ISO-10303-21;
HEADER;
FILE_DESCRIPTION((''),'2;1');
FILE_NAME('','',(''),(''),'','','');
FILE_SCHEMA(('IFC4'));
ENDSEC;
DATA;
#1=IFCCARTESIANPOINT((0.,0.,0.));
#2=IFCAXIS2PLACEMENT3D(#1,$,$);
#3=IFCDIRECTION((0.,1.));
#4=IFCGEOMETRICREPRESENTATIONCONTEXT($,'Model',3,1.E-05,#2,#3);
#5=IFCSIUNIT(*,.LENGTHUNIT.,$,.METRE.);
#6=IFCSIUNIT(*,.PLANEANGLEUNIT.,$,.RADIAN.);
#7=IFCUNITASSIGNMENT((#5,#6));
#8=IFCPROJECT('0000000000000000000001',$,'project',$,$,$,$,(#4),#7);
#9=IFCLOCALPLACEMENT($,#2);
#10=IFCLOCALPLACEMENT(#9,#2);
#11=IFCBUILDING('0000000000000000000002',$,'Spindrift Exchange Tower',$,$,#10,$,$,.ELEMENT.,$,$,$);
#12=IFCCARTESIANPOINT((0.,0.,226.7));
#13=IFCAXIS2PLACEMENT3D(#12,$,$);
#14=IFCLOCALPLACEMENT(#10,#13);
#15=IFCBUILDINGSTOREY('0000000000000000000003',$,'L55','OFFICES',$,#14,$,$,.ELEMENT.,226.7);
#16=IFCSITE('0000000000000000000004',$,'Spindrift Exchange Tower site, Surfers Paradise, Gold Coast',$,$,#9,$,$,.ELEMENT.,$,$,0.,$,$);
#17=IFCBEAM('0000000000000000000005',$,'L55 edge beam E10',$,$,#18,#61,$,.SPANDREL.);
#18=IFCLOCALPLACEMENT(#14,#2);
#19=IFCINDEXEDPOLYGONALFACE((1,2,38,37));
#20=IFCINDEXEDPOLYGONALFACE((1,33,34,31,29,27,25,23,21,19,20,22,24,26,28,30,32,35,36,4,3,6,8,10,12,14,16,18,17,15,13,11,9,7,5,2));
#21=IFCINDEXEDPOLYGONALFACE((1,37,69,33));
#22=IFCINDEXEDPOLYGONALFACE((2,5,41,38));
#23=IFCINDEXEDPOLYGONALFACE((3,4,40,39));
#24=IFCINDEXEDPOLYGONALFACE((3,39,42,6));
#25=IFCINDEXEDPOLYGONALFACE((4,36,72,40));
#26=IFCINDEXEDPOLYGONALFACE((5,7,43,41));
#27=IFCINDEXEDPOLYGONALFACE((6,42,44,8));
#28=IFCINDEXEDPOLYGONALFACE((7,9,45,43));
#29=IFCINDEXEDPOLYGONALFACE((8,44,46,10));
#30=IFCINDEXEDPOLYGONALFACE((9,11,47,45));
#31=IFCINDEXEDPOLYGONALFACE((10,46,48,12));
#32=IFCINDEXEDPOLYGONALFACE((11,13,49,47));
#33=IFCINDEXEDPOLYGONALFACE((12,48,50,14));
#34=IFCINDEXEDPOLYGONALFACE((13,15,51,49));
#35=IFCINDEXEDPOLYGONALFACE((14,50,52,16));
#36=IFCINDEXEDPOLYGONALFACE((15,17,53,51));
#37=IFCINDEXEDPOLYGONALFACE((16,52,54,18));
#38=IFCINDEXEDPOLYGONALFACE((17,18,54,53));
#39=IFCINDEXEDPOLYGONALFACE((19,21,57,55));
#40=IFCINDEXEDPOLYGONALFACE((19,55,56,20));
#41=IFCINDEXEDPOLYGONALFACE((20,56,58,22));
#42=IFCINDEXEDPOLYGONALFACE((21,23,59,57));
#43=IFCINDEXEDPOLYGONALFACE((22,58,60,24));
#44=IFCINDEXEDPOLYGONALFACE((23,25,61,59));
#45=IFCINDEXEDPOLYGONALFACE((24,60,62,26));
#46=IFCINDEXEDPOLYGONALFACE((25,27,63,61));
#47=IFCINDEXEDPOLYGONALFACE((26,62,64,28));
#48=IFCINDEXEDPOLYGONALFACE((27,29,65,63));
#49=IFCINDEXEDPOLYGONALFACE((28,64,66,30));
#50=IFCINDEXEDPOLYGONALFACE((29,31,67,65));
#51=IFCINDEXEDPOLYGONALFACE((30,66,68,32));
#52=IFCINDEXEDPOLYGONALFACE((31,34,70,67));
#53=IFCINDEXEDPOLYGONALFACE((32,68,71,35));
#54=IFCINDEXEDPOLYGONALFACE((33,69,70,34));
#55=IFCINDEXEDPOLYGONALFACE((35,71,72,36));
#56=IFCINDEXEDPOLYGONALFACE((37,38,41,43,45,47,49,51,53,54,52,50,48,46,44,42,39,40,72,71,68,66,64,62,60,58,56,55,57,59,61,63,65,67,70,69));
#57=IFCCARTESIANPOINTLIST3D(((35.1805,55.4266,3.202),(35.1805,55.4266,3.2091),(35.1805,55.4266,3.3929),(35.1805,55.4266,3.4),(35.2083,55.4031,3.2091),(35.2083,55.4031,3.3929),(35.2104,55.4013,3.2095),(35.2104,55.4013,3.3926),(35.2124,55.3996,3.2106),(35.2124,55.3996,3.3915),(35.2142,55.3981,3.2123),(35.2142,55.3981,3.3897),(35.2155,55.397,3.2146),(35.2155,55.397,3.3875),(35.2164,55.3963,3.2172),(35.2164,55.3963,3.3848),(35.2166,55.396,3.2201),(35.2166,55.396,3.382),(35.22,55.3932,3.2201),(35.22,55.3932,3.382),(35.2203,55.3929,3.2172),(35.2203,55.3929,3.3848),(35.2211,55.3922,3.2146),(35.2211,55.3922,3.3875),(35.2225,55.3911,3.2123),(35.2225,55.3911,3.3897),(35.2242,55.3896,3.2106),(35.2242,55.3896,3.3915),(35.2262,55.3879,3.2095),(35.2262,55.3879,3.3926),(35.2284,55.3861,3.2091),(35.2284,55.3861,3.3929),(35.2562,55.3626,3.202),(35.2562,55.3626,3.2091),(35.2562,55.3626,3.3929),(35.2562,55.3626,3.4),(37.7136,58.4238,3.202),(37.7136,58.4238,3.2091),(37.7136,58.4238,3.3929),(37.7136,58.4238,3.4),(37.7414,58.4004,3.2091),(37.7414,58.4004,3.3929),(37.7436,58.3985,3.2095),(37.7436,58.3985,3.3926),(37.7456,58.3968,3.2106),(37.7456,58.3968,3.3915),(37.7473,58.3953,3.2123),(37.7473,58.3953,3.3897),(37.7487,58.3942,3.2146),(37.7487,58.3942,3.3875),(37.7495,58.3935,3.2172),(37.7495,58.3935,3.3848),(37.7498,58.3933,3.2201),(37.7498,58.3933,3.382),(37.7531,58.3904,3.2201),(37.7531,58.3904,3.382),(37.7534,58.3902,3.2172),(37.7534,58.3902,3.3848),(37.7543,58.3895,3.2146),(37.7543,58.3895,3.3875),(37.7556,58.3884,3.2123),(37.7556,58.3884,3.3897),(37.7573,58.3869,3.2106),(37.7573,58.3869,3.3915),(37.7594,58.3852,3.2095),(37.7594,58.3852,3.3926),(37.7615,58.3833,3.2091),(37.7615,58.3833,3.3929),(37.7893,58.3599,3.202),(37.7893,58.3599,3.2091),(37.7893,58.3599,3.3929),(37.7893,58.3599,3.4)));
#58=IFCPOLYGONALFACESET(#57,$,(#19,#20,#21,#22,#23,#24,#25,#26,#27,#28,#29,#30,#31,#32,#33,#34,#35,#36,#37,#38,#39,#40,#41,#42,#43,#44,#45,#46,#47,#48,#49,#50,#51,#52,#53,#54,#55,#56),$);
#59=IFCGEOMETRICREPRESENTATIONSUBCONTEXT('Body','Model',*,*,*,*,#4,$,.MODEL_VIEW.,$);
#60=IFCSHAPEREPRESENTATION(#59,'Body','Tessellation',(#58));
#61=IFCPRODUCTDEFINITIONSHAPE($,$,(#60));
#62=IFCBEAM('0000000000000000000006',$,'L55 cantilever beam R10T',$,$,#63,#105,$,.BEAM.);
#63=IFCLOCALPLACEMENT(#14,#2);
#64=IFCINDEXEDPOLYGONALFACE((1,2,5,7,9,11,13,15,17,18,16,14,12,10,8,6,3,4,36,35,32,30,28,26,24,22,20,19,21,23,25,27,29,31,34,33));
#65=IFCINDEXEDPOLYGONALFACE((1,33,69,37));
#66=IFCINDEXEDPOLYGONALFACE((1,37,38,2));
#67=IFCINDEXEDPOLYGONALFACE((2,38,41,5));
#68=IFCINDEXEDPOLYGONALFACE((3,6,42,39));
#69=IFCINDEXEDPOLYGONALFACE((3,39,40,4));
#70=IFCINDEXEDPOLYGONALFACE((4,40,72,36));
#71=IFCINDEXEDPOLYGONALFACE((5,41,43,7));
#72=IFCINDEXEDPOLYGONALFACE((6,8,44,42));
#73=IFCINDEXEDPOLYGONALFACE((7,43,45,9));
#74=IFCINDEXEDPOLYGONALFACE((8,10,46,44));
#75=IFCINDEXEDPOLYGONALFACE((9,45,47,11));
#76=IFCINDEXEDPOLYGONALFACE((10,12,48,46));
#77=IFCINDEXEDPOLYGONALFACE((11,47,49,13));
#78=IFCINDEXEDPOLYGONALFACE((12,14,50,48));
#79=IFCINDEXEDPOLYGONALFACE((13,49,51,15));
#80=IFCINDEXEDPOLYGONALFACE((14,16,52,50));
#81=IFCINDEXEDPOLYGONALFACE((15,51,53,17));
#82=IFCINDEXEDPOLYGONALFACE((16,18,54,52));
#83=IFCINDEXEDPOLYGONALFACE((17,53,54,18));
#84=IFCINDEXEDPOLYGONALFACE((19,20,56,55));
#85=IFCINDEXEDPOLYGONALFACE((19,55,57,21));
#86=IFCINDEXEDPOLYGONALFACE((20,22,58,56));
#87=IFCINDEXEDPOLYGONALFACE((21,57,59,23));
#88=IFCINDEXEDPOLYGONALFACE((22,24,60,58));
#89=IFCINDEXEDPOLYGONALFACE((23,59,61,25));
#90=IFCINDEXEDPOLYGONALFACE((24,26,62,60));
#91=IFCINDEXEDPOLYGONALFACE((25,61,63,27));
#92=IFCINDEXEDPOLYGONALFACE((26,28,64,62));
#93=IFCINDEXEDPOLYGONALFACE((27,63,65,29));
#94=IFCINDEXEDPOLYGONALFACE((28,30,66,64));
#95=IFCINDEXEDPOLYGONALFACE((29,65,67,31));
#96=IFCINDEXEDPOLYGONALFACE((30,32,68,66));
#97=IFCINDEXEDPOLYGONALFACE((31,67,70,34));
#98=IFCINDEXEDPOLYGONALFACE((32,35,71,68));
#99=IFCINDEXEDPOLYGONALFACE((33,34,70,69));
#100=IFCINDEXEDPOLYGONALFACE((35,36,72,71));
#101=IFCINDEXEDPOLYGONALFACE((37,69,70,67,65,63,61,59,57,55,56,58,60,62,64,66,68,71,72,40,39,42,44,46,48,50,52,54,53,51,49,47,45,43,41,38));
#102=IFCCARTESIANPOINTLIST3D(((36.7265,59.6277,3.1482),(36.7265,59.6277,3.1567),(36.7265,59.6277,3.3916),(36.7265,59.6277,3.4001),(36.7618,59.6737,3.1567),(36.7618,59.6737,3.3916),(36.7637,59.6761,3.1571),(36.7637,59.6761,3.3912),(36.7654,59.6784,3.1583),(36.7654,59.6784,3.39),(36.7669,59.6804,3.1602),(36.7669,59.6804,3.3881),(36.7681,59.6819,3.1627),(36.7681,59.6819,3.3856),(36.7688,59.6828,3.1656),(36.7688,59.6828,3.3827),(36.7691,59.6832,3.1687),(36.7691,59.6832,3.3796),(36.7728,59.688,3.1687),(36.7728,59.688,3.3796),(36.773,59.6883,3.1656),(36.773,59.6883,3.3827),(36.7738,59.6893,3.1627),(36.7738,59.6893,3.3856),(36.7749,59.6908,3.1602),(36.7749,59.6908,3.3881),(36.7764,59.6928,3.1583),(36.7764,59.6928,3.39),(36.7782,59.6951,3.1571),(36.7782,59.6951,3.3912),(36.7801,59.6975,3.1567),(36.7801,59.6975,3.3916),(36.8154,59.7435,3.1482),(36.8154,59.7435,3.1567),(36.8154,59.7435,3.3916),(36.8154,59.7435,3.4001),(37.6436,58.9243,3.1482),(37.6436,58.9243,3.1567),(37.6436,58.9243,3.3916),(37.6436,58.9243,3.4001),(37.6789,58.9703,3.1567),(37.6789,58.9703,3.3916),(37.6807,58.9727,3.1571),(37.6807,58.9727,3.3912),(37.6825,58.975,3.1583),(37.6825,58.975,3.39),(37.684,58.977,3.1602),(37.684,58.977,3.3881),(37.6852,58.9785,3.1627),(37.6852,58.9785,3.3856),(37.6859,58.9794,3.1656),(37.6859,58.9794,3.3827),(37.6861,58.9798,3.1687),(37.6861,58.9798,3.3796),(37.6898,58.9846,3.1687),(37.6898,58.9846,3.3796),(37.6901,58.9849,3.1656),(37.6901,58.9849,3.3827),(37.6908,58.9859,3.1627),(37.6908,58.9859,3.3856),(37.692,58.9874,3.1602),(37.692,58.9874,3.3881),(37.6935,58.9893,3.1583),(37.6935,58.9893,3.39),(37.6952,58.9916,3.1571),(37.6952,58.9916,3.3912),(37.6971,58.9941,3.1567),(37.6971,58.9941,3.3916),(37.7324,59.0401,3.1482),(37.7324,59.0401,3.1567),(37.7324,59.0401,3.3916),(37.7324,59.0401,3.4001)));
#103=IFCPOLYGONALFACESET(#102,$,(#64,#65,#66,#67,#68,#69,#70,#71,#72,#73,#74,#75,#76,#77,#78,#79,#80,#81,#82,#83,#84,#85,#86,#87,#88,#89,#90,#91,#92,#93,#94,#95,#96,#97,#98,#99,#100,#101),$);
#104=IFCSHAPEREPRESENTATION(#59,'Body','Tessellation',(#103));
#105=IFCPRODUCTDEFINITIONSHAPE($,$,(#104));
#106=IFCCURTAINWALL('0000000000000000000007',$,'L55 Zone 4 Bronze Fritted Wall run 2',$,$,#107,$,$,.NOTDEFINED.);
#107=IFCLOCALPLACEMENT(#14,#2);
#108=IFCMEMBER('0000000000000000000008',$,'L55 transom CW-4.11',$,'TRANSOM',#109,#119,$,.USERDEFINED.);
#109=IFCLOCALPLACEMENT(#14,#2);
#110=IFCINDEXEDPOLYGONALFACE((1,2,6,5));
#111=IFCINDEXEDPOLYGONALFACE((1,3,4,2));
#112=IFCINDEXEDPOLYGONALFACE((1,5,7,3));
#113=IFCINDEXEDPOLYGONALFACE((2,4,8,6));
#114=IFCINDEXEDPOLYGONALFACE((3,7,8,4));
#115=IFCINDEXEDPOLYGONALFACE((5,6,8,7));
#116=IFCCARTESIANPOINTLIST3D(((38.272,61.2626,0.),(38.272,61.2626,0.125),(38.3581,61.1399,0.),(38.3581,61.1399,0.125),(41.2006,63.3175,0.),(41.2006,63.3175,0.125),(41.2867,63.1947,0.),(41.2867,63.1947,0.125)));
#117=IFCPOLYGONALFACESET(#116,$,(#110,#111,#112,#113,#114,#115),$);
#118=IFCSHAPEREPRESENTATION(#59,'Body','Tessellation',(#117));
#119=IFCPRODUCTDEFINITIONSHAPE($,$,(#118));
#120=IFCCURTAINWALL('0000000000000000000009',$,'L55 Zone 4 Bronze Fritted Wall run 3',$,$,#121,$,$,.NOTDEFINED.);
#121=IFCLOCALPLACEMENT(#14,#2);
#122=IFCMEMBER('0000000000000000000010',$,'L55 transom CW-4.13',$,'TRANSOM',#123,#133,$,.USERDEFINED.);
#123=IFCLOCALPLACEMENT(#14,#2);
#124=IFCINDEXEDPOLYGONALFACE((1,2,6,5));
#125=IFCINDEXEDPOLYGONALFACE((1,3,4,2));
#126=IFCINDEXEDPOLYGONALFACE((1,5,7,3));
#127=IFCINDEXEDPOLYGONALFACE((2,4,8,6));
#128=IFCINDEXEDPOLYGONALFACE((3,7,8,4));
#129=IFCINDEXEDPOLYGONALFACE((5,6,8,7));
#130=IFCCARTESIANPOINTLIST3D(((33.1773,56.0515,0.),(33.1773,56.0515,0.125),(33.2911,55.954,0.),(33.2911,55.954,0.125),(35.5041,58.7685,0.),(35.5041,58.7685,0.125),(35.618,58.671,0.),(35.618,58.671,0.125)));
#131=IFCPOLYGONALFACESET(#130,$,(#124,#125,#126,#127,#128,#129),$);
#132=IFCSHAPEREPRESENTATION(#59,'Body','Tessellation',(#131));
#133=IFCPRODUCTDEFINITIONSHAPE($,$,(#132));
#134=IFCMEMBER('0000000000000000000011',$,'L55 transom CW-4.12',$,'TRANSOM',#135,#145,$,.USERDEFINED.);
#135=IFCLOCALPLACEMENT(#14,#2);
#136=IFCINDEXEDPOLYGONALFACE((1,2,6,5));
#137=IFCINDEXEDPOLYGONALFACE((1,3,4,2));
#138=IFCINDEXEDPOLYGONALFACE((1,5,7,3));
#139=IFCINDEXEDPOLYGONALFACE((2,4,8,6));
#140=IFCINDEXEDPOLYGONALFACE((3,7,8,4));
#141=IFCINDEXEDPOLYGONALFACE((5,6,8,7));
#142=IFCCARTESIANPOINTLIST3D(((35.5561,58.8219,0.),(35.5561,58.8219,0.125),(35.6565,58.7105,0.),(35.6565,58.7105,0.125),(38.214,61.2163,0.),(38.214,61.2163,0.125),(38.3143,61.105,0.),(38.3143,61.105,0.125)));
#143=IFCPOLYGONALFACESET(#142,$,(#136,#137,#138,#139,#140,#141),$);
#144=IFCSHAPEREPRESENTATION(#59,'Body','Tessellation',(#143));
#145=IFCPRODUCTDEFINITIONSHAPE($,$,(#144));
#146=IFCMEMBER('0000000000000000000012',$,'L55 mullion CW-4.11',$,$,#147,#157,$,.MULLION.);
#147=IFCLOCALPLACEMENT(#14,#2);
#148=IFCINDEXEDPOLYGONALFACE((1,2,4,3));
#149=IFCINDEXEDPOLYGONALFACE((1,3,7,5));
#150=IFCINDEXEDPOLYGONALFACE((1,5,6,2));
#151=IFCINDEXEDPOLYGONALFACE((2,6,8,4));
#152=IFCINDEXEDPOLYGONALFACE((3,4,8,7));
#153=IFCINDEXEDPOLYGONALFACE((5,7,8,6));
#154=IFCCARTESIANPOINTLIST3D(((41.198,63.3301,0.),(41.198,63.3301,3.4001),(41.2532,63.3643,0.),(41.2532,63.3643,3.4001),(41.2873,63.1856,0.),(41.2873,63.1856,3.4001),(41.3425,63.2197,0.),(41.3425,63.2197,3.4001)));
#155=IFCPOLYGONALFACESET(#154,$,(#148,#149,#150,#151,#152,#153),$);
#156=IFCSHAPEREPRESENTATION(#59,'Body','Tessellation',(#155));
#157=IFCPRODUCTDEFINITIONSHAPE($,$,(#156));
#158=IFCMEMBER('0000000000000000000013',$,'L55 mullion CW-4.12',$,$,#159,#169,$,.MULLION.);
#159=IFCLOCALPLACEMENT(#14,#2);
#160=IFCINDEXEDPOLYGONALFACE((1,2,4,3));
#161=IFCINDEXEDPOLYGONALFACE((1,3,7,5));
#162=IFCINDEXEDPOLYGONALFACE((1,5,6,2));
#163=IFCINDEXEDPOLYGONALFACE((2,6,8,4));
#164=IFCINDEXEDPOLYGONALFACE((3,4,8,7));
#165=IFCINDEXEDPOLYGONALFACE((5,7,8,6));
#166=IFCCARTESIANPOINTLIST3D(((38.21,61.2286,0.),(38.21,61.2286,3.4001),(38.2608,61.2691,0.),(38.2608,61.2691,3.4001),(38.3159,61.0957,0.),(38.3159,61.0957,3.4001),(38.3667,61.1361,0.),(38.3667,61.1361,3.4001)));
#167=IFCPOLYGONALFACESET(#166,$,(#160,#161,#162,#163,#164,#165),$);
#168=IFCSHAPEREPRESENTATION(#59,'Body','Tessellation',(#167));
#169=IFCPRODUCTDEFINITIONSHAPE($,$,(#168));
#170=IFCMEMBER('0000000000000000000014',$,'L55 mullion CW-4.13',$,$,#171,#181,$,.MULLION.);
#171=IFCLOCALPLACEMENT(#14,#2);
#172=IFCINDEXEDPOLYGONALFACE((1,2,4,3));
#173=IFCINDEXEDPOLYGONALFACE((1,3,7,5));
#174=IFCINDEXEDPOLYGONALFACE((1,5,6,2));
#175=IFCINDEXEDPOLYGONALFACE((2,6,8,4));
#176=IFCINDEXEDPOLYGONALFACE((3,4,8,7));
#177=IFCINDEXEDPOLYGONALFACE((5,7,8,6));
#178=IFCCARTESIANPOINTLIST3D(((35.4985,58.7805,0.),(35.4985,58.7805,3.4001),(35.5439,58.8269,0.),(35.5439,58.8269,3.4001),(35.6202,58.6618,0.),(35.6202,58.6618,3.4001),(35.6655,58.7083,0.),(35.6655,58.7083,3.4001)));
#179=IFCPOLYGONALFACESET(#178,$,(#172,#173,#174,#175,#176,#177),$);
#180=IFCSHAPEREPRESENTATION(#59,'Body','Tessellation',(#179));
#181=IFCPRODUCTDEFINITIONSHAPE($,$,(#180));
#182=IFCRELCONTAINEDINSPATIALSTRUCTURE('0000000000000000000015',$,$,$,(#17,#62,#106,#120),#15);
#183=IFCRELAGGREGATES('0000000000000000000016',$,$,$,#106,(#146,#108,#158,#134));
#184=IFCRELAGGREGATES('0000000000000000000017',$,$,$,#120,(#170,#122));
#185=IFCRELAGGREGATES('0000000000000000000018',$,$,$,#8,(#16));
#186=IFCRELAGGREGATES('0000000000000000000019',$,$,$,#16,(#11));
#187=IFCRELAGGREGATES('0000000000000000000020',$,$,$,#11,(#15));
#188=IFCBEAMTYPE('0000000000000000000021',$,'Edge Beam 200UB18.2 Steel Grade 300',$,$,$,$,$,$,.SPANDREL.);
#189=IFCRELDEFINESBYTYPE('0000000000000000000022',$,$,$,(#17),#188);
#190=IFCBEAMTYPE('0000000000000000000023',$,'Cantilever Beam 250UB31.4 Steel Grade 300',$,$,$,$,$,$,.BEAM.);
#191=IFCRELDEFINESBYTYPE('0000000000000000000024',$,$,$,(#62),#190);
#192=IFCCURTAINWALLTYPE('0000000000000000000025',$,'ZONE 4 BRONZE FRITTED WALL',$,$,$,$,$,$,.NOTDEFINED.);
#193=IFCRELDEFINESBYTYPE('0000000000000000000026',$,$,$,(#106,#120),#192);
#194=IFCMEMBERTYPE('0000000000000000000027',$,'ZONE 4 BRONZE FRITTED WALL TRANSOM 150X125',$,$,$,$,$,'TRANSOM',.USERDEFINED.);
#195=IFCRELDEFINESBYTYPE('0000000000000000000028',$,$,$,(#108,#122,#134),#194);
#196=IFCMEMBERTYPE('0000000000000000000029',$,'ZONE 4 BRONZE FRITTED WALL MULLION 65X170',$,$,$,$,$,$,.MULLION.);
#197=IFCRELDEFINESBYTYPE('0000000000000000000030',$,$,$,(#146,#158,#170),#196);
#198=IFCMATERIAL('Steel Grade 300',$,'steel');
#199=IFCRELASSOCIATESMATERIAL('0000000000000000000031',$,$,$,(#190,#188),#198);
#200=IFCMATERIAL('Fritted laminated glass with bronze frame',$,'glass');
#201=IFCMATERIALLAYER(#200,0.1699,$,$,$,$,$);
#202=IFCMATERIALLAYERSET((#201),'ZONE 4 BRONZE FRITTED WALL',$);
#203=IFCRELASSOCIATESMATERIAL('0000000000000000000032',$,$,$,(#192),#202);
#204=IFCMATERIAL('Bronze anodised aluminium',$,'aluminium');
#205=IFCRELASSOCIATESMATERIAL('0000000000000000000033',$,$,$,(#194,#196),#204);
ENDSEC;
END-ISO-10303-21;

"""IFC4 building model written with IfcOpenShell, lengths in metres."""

from ifc_helpers import new_model, si_unit, direction, frame, origin, origin_2d, place, context, subcontext, project, spatial, rectangle, i_section, extrude, source, transform, mapped, material, layer, layer_set, material_profile, profile_set, type_object, element, aggregate, save


model = new_model("IFC4")

# Units and contexts
model_context = context("Model", 3, precision=1e-05, world=origin(), true_north=direction((0.0, 1.0)))
body_context = subcontext(model_context, "Body", "Model", "MODEL_VIEW")
ifc_project = project(units=[si_unit("LENGTHUNIT", "METRE"), si_unit("PLANEANGLEUNIT", "RADIAN")], contexts=[model_context])

# Site, building, storey
site_placement = place(None, origin())
site = spatial("IfcSite", under=ifc_project, at=site_placement, Name="Spindrift Exchange Tower site, Surfers Paradise, Gold Coast", CompositionType="ELEMENT", RefElevation=0.0)
building_placement = place(site_placement, origin())
building = spatial("IfcBuilding", under=site, at=building_placement, Name="Spindrift Exchange Tower", CompositionType="ELEMENT")
storey_placement = place(building_placement, frame((0.0, 0.0, 226.7)))
storey = spatial("IfcBuildingStorey", under=building, at=storey_placement, Name="L55", Description="OFFICES", CompositionType="ELEMENT", Elevation=226.7)

# Beams
ifc_material_1 = material(Name="Steel Grade 300", Category="steel")
ifc_material_profile_1 = material_profile(ifc_material_1, i_section(OverallWidth=0.146, OverallDepth=0.252, WebThickness=0.0061, FlangeThickness=0.0085, FilletRadius=0.012, at=origin_2d()), Name="250UB31.4")
ifc_profile_set_1 = profile_set([ifc_material_profile_1], Name="Steel Grade 300")
beam_type_1 = type_object("IfcBeamType", Name="Cantilever Beam 250UB31.4 Steel Grade 300", PredefinedType="BEAM", material=ifc_profile_set_1)
ifc_material_profile_2 = material_profile(ifc_material_1, i_section(OverallWidth=0.0991, OverallDepth=0.198, WebThickness=0.0044, FlangeThickness=0.0071, FilletRadius=0.011, at=origin_2d()), Name="200UB18.2")
ifc_profile_set_2 = profile_set([ifc_material_profile_2], Name="Steel Grade 300")
beam_type_2 = type_object("IfcBeamType", Name="Edge Beam 200UB18.2 Steel Grade 300", PredefinedType="SPANDREL", material=ifc_profile_set_2)
shared_shape_1 = source(origin(), body_context, "Body", "SweptSolid", [
    extrude(i_section(OverallWidth=0.0991, OverallDepth=0.198, WebThickness=0.0044, FlangeThickness=0.0071, FilletRadius=0.011, at=origin_2d()), origin(), (0.0, 0.0, 1.0), 3.9243),
])
beam_1_placement = place(storey_placement, frame((37.7515, 58.3918, 3.301), z_axis=(-0.645499, -0.763761, 0.0), x_axis=(0.763761, -0.645499, 0.0)))
element("IfcBeam", 1, at=beam_1_placement, inside=storey, type_object=beam_type_2, Name="L55 edge beam E10", PredefinedType="SPANDREL", context=body_context, shape_type="MappedRepresentation", body=[
    mapped(shared_shape_1, transform((0.0, 0.0, 0.0), scale=1.0)),
])
shared_shape_2 = source(origin(), body_context, "Body", "SweptSolid", [
    extrude(i_section(OverallWidth=0.146, OverallDepth=0.252, WebThickness=0.0061, FlangeThickness=0.0085, FilletRadius=0.012, at=origin_2d()), origin(), (0.0, 0.0, 1.0), 1.1558),
])
beam_2_placement = place(storey_placement, frame((37.688, 58.9822, 3.2742), z_axis=(-0.793464, 0.608618, 0.0), x_axis=(-0.608618, -0.793464, 0.0)))
element("IfcBeam", 2, at=beam_2_placement, inside=storey, type_object=beam_type_1, Name="L55 cantilever beam R10T", PredefinedType="BEAM", context=body_context, shape_type="MappedRepresentation", body=[
    mapped(shared_shape_2, transform((0.0, 0.0, 0.0), scale=1.0)),
])

# Curtain walls, members
ifc_material_2 = material(Name="Fritted laminated glass with bronze frame", Category="glass")
ifc_layer_1 = layer(ifc_material_2, 0.1699)
ifc_layer_set_1 = layer_set([ifc_layer_1], Name="ZONE 4 BRONZE FRITTED WALL")
curtain_wall_type = type_object("IfcCurtainWallType", Name="ZONE 4 BRONZE FRITTED WALL", PredefinedType="NOTDEFINED", material=ifc_layer_set_1)
curtain_wall_1_placement = place(storey_placement, origin())
curtain_wall_1 = element("IfcCurtainWall", 3, at=curtain_wall_1_placement, inside=storey, type_object=curtain_wall_type, Name="L55 Zone 4 Bronze Fritted Wall run 2", PredefinedType="NOTDEFINED")
ifc_material_3 = material(Name="Bronze anodised aluminium", Category="aluminium")
ifc_material_profile_3 = material_profile(ifc_material_3, rectangle(XDim=0.1499, YDim=0.125, at=origin_2d()), Name="ZONE 4 BRONZE FRITTED WALL TRANSOM 150X125")
ifc_profile_set_3 = profile_set([ifc_material_profile_3], Name="Bronze anodised aluminium")
member_type_1 = type_object("IfcMemberType", Name="ZONE 4 BRONZE FRITTED WALL TRANSOM 150X125", ElementType="TRANSOM", PredefinedType="USERDEFINED", material=ifc_profile_set_3)
shared_shape_3 = source(origin(), body_context, "Body", "SweptSolid", [
    extrude(rectangle(XDim=0.1499, YDim=0.125, at=origin_2d()), origin(), (0.0, 0.0, 1.0), 3.5776),
])
member_1_placement = place(storey_placement, frame((41.2437, 63.2561, 0.0625), z_axis=(-0.818597, -0.574369, 0.0), x_axis=(0.574369, -0.818597, 0.0)))
member_1 = element("IfcMember", 4, at=member_1_placement, type_object=member_type_1, Name="L55 transom CW-4.11", ObjectType="TRANSOM", PredefinedType="USERDEFINED", context=body_context, shape_type="MappedRepresentation", body=[
    mapped(shared_shape_3, transform((0.0, 0.0, 0.0), scale=1.0)),
])
curtain_wall_2_placement = place(storey_placement, origin())
curtain_wall_2 = element("IfcCurtainWall", 5, at=curtain_wall_2_placement, inside=storey, type_object=curtain_wall_type, Name="L55 Zone 4 Bronze Fritted Wall run 3", PredefinedType="NOTDEFINED")
shared_shape_4 = source(origin(), body_context, "Body", "SweptSolid", [
    extrude(rectangle(XDim=0.1499, YDim=0.125, at=origin_2d()), origin(), (0.0, 0.0, 1.0), 3.5771),
])
member_2_placement = place(storey_placement, frame((35.561, 58.7197, 0.0625), z_axis=(-0.650471, -0.759531, 0.0), x_axis=(0.759531, -0.650471, 0.0)))
member_2 = element("IfcMember", 6, at=member_2_placement, type_object=member_type_1, Name="L55 transom CW-4.13", ObjectType="TRANSOM", PredefinedType="USERDEFINED", context=body_context, shape_type="MappedRepresentation", body=[
    mapped(shared_shape_4, transform((0.0, 0.0, 0.0), scale=1.0)),
])

# Members
shared_shape_5 = source(origin(), body_context, "Body", "SweptSolid", [
    extrude(rectangle(XDim=0.1499, YDim=0.125, at=origin_2d()), origin(), (0.0, 0.0, 1.0), 3.5774),
])
member_3_placement = place(storey_placement, frame((38.2642, 61.1606, 0.0625), z_axis=(-0.742965, -0.66933, 0.0), x_axis=(0.66933, -0.742965, 0.0)))
member_3 = element("IfcMember", 7, at=member_3_placement, type_object=member_type_1, Name="L55 transom CW-4.12", ObjectType="TRANSOM", PredefinedType="USERDEFINED", context=body_context, shape_type="MappedRepresentation", body=[
    mapped(shared_shape_5, transform((0.0, 0.0, 0.0), scale=1.0)),
])
ifc_material_profile_4 = material_profile(ifc_material_3, rectangle(XDim=0.0649, YDim=0.1699, at=origin_2d()), Name="ZONE 4 BRONZE FRITTED WALL MULLION 65X170")
ifc_profile_set_4 = profile_set([ifc_material_profile_4], Name="Bronze anodised aluminium")
member_type_2 = type_object("IfcMemberType", Name="ZONE 4 BRONZE FRITTED WALL MULLION 65X170", PredefinedType="MULLION", material=ifc_profile_set_4)
shared_shape_6 = source(origin(), body_context, "Body", "SweptSolid", [
    extrude(rectangle(XDim=0.0649, YDim=0.1699, at=origin_2d()), origin(), (0.0, 0.0, 1.0), 3.4001),
])
member_4_placement = place(storey_placement, frame((41.2703, 63.2749, 0.0), z_axis=(0.0, 0.0, 1.0), x_axis=(-0.85082, -0.525457, 0.0)))
member_4 = element("IfcMember", 8, at=member_4_placement, type_object=member_type_2, Name="L55 mullion CW-4.11", PredefinedType="MULLION", context=body_context, shape_type="MappedRepresentation", body=[
    mapped(shared_shape_6, transform((0.0, 0.0, 0.0), scale=1.0)),
])
member_5_placement = place(storey_placement, frame((38.2883, 61.1824, 0.0), z_axis=(0.0, 0.0, 1.0), x_axis=(-0.782218, -0.623005, 0.0)))
member_5 = element("IfcMember", 9, at=member_5_placement, type_object=member_type_2, Name="L55 mullion CW-4.12", PredefinedType="MULLION", context=body_context, shape_type="MappedRepresentation", body=[
    mapped(shared_shape_6, transform((0.0, 0.0, 0.0), scale=1.0)),
])
member_6_placement = place(storey_placement, frame((35.582, 58.7444, 0.0), z_axis=(0.0, 0.0, 1.0), x_axis=(-0.698183, -0.71592, 0.0)))
member_6 = element("IfcMember", 10, at=member_6_placement, type_object=member_type_2, Name="L55 mullion CW-4.13", PredefinedType="MULLION", context=body_context, shape_type="MappedRepresentation", body=[
    mapped(shared_shape_6, transform((0.0, 0.0, 0.0), scale=1.0)),
])

aggregate(curtain_wall_1, [member_4, member_1, member_5, member_3])
aggregate(curtain_wall_2, [member_6, member_2])

save(model, "model.ifc")
